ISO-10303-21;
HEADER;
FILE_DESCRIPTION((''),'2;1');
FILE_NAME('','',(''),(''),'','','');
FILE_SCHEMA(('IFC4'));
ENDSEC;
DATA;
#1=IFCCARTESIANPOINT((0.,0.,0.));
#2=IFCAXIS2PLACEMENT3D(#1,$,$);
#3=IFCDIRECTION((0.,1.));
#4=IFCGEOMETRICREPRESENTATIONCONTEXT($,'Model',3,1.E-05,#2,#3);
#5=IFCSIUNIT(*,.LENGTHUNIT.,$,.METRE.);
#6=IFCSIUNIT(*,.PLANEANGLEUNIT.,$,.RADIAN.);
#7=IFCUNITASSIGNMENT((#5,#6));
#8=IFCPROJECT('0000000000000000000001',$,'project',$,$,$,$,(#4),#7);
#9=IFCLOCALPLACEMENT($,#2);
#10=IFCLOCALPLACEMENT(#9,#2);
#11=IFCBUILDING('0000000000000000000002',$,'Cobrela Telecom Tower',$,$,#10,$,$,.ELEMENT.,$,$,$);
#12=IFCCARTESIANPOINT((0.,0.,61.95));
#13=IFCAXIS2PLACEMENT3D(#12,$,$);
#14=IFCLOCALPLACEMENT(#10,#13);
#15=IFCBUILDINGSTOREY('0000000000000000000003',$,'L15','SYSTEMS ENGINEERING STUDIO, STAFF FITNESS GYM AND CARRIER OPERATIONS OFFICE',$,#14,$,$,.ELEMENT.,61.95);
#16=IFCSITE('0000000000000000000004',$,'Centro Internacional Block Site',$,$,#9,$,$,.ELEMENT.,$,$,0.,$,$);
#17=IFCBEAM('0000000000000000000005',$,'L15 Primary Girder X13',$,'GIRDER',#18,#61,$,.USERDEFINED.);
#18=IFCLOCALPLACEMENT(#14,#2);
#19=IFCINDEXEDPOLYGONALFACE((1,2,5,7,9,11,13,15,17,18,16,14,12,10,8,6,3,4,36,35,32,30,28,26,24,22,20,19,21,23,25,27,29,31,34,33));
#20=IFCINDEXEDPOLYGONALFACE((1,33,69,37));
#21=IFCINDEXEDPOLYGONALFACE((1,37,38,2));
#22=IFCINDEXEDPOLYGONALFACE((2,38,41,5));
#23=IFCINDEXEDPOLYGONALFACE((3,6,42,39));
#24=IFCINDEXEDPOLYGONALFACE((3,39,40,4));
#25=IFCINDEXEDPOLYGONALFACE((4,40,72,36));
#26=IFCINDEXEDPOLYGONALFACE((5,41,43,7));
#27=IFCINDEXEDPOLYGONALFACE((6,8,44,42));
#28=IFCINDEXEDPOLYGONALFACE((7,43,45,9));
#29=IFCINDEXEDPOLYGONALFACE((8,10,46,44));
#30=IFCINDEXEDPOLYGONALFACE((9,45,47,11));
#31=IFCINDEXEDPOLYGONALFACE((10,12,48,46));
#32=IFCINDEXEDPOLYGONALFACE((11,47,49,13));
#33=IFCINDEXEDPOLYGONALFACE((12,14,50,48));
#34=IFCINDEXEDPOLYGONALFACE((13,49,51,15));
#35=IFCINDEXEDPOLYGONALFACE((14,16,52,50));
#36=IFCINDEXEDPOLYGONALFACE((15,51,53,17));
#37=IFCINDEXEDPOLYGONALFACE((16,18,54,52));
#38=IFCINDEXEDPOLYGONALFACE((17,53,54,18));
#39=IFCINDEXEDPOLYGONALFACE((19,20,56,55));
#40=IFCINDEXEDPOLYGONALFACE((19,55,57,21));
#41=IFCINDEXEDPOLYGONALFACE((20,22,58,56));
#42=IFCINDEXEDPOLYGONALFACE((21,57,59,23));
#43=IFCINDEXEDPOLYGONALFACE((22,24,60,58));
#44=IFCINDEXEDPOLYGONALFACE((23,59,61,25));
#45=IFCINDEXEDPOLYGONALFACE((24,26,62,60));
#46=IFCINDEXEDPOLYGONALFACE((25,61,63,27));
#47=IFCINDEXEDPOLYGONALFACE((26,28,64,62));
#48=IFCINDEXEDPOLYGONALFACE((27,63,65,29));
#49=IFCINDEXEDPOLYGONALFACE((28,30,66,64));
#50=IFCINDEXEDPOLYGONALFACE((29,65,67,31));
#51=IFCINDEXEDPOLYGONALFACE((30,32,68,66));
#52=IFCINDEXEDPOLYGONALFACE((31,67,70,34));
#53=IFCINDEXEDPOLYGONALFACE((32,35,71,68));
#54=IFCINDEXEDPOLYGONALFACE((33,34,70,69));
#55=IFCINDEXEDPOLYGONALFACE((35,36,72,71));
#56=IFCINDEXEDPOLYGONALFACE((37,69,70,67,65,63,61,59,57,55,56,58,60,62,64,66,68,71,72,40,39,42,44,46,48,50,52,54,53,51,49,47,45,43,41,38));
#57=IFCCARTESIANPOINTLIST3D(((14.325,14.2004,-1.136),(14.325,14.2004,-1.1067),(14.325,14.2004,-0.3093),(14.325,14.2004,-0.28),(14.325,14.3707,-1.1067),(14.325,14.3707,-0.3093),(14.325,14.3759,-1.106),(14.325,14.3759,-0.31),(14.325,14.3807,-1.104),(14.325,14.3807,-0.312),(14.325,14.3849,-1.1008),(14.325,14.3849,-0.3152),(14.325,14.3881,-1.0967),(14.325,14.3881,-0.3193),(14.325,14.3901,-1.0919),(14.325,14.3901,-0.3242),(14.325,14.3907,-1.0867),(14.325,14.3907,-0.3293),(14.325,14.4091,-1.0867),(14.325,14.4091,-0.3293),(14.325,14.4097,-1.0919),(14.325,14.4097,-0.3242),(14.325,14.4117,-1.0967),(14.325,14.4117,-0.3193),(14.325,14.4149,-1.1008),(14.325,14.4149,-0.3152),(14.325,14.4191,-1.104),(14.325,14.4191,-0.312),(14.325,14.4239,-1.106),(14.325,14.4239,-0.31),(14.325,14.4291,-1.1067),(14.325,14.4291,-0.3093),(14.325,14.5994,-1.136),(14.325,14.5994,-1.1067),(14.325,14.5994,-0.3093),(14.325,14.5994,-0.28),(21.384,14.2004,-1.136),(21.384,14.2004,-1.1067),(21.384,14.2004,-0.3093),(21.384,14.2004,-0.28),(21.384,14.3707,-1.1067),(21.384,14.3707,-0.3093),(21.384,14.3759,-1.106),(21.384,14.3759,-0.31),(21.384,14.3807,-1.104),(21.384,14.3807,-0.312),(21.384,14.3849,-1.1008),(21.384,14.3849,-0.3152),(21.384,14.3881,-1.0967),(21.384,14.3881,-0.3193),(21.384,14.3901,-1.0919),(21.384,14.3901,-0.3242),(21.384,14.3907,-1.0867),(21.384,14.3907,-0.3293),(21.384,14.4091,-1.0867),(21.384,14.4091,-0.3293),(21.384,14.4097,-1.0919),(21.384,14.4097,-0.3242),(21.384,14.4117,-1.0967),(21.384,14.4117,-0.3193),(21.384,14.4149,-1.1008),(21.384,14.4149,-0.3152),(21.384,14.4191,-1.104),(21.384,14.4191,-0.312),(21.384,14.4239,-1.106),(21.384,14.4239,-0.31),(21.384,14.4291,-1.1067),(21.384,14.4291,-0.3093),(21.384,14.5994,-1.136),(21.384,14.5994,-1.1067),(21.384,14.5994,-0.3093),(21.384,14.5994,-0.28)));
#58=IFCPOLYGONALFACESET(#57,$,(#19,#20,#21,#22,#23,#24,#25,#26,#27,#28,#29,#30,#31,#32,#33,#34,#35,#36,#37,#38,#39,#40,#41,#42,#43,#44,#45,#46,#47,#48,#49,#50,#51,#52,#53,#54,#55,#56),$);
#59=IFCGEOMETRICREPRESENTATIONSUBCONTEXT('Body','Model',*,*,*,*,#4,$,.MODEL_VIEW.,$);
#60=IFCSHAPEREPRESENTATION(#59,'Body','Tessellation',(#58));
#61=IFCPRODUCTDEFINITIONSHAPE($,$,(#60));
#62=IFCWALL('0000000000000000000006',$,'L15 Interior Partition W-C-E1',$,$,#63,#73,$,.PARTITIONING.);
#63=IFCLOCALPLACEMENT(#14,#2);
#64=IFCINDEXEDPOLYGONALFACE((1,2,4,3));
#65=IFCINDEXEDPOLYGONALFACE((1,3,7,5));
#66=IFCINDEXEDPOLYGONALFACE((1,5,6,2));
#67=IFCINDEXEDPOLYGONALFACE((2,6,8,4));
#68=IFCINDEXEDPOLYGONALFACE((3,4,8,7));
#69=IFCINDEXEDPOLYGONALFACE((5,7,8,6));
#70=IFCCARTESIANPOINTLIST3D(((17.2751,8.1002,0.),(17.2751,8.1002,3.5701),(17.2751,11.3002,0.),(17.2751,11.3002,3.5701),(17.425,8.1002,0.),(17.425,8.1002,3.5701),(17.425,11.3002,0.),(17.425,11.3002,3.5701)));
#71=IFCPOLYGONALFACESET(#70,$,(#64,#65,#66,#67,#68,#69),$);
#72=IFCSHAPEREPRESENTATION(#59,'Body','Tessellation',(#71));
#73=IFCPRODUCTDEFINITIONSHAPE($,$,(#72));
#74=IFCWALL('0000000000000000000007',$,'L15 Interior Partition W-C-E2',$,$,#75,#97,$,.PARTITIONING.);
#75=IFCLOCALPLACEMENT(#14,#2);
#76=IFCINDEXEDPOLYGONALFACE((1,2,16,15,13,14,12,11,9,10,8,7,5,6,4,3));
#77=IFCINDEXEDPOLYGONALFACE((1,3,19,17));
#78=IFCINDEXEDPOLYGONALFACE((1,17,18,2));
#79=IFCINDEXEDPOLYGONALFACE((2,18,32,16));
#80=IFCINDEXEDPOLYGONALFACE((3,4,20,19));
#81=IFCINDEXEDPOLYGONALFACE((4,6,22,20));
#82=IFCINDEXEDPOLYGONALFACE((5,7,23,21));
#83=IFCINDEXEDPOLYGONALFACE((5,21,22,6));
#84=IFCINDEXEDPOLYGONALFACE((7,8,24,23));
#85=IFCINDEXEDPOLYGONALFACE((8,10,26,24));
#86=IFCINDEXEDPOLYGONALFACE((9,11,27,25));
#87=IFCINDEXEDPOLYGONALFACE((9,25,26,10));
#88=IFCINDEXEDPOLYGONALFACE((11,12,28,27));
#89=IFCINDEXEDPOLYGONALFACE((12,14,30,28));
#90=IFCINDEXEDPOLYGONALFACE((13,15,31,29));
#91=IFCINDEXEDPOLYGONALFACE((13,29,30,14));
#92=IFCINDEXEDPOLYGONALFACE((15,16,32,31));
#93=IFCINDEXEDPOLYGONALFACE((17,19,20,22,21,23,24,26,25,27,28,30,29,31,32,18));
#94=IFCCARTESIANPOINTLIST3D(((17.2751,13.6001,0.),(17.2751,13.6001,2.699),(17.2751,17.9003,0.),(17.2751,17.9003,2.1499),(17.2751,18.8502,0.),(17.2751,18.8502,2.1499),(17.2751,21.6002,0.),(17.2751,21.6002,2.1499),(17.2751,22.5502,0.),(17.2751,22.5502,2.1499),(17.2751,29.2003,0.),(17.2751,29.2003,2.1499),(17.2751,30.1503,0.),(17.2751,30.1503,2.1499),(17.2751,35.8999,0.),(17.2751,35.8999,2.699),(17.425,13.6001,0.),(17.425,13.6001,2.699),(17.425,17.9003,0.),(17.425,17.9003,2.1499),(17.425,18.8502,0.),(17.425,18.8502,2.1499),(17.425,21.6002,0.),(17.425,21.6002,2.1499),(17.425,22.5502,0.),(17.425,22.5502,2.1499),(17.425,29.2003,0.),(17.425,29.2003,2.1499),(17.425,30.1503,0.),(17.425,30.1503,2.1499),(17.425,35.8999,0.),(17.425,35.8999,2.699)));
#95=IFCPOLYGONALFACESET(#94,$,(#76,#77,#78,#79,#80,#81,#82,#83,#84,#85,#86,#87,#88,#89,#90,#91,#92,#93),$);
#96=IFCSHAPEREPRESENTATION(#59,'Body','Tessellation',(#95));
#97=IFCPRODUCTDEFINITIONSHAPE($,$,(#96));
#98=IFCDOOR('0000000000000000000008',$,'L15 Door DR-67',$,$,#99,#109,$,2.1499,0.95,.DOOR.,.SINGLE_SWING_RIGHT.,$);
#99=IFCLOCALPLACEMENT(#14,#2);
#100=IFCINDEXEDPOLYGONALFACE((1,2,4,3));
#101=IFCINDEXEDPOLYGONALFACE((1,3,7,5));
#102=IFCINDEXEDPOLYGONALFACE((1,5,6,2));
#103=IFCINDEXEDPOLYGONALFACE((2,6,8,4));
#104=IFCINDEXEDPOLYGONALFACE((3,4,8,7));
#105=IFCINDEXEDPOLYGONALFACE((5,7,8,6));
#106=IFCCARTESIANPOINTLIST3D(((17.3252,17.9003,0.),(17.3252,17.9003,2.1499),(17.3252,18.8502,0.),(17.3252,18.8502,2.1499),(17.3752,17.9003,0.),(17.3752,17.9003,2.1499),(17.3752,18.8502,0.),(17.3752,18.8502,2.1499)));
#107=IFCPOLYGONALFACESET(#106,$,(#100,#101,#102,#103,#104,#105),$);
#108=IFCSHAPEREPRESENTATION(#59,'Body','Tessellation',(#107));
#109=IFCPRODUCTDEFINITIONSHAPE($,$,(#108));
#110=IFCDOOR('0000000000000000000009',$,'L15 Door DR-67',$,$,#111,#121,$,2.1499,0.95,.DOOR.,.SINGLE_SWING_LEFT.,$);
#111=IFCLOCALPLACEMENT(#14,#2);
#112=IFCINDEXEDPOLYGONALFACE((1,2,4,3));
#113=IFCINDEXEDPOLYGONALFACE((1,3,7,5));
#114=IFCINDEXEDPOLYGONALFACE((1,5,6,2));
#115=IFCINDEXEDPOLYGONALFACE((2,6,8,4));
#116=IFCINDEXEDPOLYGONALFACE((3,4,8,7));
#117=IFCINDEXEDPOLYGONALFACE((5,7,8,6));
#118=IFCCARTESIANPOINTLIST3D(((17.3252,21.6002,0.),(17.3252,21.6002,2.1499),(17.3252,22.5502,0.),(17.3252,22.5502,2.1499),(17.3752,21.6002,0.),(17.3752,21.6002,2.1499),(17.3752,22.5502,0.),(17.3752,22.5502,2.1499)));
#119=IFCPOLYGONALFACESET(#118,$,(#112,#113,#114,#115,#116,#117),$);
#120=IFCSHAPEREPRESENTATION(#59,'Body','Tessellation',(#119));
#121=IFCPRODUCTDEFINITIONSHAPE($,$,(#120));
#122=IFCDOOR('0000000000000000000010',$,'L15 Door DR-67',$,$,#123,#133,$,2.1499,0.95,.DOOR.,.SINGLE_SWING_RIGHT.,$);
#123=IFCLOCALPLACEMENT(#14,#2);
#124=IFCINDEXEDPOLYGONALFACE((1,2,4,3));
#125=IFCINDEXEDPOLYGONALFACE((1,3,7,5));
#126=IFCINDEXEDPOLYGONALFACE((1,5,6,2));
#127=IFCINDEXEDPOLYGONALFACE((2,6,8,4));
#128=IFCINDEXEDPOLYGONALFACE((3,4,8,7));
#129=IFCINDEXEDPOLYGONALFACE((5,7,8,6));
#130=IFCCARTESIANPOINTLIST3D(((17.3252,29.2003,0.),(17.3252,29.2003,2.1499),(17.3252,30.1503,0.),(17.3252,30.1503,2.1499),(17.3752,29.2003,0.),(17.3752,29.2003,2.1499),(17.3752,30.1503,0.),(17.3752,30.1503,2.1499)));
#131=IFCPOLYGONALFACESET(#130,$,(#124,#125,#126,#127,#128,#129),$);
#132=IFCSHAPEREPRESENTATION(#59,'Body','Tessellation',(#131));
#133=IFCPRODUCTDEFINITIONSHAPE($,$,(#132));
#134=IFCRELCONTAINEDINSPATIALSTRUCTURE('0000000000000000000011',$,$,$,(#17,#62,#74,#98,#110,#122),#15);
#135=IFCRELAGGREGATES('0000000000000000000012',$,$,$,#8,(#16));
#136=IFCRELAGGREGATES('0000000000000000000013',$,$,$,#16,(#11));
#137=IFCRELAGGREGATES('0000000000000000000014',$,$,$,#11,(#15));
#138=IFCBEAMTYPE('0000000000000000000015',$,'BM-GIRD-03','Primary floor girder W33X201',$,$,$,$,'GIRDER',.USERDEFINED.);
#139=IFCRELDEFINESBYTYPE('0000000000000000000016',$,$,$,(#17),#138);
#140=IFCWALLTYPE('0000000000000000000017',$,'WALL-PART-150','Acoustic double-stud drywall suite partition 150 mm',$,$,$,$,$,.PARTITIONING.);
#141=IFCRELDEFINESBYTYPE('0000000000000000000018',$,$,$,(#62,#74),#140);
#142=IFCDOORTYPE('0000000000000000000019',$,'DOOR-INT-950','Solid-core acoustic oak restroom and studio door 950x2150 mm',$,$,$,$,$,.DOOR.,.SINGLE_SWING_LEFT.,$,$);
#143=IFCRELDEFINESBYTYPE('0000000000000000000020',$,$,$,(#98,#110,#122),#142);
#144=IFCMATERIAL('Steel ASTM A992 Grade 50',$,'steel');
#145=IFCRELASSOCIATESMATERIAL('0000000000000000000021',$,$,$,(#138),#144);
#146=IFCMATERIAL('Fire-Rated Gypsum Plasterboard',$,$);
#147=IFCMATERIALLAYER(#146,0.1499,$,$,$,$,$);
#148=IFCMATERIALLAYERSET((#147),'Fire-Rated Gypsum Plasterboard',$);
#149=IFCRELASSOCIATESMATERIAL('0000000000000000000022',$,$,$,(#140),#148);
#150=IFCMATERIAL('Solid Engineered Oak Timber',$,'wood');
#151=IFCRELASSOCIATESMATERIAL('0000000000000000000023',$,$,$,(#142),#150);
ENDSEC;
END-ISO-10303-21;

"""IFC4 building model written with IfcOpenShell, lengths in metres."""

from ifc_helpers import new_model, si_unit, direction, frame, frame_2d, origin, origin_2d, place, context, subcontext, project, spatial, rectangle, i_section, extrude, material, layer, layer_set, material_profile, profile_set, type_object, element, fill, save


model = new_model("IFC4")

# Units and contexts
model_context = context("Model", 3, precision=1e-05, world=origin(), true_north=direction((0.0, 1.0)))
body_context = subcontext(model_context, "Body", "Model", "MODEL_VIEW")
ifc_project = project(units=[si_unit("LENGTHUNIT", "METRE"), si_unit("PLANEANGLEUNIT", "RADIAN")], contexts=[model_context])

# Site, building, storey
site_placement = place(None, origin())
site = spatial("IfcSite", under=ifc_project, at=site_placement, Name="Centro Internacional Block Site", CompositionType="ELEMENT", RefElevation=0.0)
building_placement = place(site_placement, origin())
building = spatial("IfcBuilding", under=site, at=building_placement, Name="Cobrela Telecom Tower", CompositionType="ELEMENT")
storey_placement = place(building_placement, frame((0.0, 0.0, 61.95)))
storey = spatial("IfcBuildingStorey", under=building, at=storey_placement, Name="L15", Description="SYSTEMS ENGINEERING STUDIO, STAFF FITNESS GYM AND CARRIER OPERATIONS OFFICE", CompositionType="ELEMENT", Elevation=61.95)

# Beam
ifc_material_1 = material(Name="Steel ASTM A992 Grade 50", Category="steel")
ifc_material_profile = material_profile(ifc_material_1, i_section(OverallWidth=0.3989, OverallDepth=0.856, WebThickness=0.0183, FlangeThickness=0.0293, FilletRadius=0.02, at=origin_2d()), Name="W33X201")
ifc_profile_set = profile_set([ifc_material_profile], Name="Steel ASTM A992 Grade 50")
beam_type = type_object("IfcBeamType", Name="BM-GIRD-03", Description="Primary floor girder W33X201", ElementType="GIRDER", PredefinedType="USERDEFINED", material=ifc_profile_set)
beam_placement = place(storey_placement, frame((14.325, 14.3999, -0.708), z_axis=(1.0, 0.0, 0.0), x_axis=(0.0, 1.0, 0.0)))
element("IfcBeam", 1, at=beam_placement, inside=storey, type_object=beam_type, Name="L15 Primary Girder X13", ObjectType="GIRDER", PredefinedType="USERDEFINED", context=body_context, shape_type="SweptSolid", body=[
    extrude(i_section(OverallWidth=0.3989, OverallDepth=0.856, WebThickness=0.0183, FlangeThickness=0.0293, FilletRadius=0.02, at=origin_2d()), origin(), (0.0, 0.0, 1.0), 7.0591),
])

# Shared definitions
ifc_material_2 = material(Name="Fire-Rated Gypsum Plasterboard")
ifc_layer_1 = layer(ifc_material_2, 0.1499)
ifc_layer_set_1 = layer_set([ifc_layer_1], Name="Fire-Rated Gypsum Plasterboard")
wall_type_1 = type_object("IfcWallType", Name="WALL-PART-150", Description="Acoustic double-stud drywall suite partition 150 mm", PredefinedType="PARTITIONING", material=ifc_layer_set_1)
ifc_material_3 = material(Name="Solid Engineered Oak Timber", Category="wood")
door_type_1 = type_object("IfcDoorType", Name="DOOR-INT-950", Description="Solid-core acoustic oak restroom and studio door 950x2150 mm", OperationType="SINGLE_SWING_LEFT", PredefinedType="DOOR", material=ifc_material_3)

# Wall
wall_1_placement = place(storey_placement, frame((17.3501, 8.1001, 0.0), z_axis=(0.0, 0.0, 1.0), x_axis=(0.0, 1.0, 0.0)))
element("IfcWall", 2, at=wall_1_placement, inside=storey, type_object=wall_type_1, Name="L15 Interior Partition W-C-E1", PredefinedType="PARTITIONING", context=body_context, shape_type="SweptSolid", body=[
    extrude(rectangle(XDim=3.2, YDim=0.1499, at=frame_2d((1.6001, 0.0))), origin(), (0.0, 0.0, 1.0), 3.5701),
])

# Wall, openings, doors
wall_2_placement = place(storey_placement, frame((17.3501, 13.6001, 0.0), z_axis=(0.0, 0.0, 1.0), x_axis=(0.0, 1.0, 0.0)))
wall_2 = element("IfcWall", 3, at=wall_2_placement, inside=storey, type_object=wall_type_1, Name="L15 Interior Partition W-C-E2", PredefinedType="PARTITIONING", context=body_context, shape_type="SweptSolid", body=[
    extrude(rectangle(XDim=22.2998, YDim=0.1499, at=frame_2d((11.1499, 0.0))), origin(), (0.0, 0.0, 1.0), 2.699),
])
opening_1_placement = place(wall_2_placement, frame((4.3, 0.0, 0.0)))
opening_1 = element("IfcOpeningElement", 4, at=opening_1_placement, cuts=wall_2, PredefinedType="OPENING", context=body_context, shape_type="SweptSolid", body=[
    extrude(rectangle(XDim=0.95, YDim=2.1499, at=frame_2d((0.4751, 1.075))), frame((0.0, 0.0869, 0.0), z_axis=(0.0, -1.0, 0.0), x_axis=(1.0, 0.0, 0.0)), (0.0, 0.0, 1.0), 0.1738),
])
opening_2_placement = place(wall_2_placement, frame((8.0, 0.0, 0.0)))
opening_2 = element("IfcOpeningElement", 5, at=opening_2_placement, cuts=wall_2, PredefinedType="OPENING", context=body_context, shape_type="SweptSolid", body=[
    extrude(rectangle(XDim=0.95, YDim=2.1499, at=frame_2d((0.4751, 1.075))), frame((0.0, 0.0869, 0.0), z_axis=(0.0, -1.0, 0.0), x_axis=(1.0, 0.0, 0.0)), (0.0, 0.0, 1.0), 0.1738),
])
opening_3_placement = place(wall_2_placement, frame((15.6001, 0.0, 0.0)))
opening_3 = element("IfcOpeningElement", 6, at=opening_3_placement, cuts=wall_2, PredefinedType="OPENING", context=body_context, shape_type="SweptSolid", body=[
    extrude(rectangle(XDim=0.95, YDim=2.1499, at=frame_2d((0.4751, 1.075))), frame((0.0, 0.0869, 0.0), z_axis=(0.0, -1.0, 0.0), x_axis=(1.0, 0.0, 0.0)), (0.0, 0.0, 1.0), 0.1738),
])
door_1_placement = place(opening_1_placement, origin())
door_1 = element("IfcDoor", 7, at=door_1_placement, inside=storey, type_object=door_type_1, Name="L15 Door DR-67", OperationType="SINGLE_SWING_RIGHT", OverallHeight=2.1499, OverallWidth=0.95, PredefinedType="DOOR", context=body_context, shape_type="SweptSolid", body=[
    extrude(rectangle(XDim=0.95, YDim=2.1499, at=frame_2d((0.4751, 1.075))), frame((0.0, 0.0249, 0.0), z_axis=(0.0, -1.0, 0.0), x_axis=(1.0, 0.0, 0.0)), (0.0, 0.0, 1.0), 0.05),
])
fill(opening_1, door_1)
door_2_placement = place(opening_2_placement, origin())
door_2 = element("IfcDoor", 8, at=door_2_placement, inside=storey, type_object=door_type_1, Name="L15 Door DR-67", OperationType="SINGLE_SWING_LEFT", OverallHeight=2.1499, OverallWidth=0.95, PredefinedType="DOOR", context=body_context, shape_type="SweptSolid", body=[
    extrude(rectangle(XDim=0.95, YDim=2.1499, at=frame_2d((0.4751, 1.075))), frame((0.0, 0.0249, 0.0), z_axis=(0.0, -1.0, 0.0), x_axis=(1.0, 0.0, 0.0)), (0.0, 0.0, 1.0), 0.05),
])
fill(opening_2, door_2)
door_3_placement = place(opening_3_placement, origin())
door_3 = element("IfcDoor", 9, at=door_3_placement, inside=storey, type_object=door_type_1, Name="L15 Door DR-67", OperationType="SINGLE_SWING_RIGHT", OverallHeight=2.1499, OverallWidth=0.95, PredefinedType="DOOR", context=body_context, shape_type="SweptSolid", body=[
    extrude(rectangle(XDim=0.95, YDim=2.1499, at=frame_2d((0.4751, 1.075))), frame((0.0, 0.0249, 0.0), z_axis=(0.0, -1.0, 0.0), x_axis=(1.0, 0.0, 0.0)), (0.0, 0.0, 1.0), 0.05),
])
fill(opening_3, door_3)

save(model, "model.ifc")
